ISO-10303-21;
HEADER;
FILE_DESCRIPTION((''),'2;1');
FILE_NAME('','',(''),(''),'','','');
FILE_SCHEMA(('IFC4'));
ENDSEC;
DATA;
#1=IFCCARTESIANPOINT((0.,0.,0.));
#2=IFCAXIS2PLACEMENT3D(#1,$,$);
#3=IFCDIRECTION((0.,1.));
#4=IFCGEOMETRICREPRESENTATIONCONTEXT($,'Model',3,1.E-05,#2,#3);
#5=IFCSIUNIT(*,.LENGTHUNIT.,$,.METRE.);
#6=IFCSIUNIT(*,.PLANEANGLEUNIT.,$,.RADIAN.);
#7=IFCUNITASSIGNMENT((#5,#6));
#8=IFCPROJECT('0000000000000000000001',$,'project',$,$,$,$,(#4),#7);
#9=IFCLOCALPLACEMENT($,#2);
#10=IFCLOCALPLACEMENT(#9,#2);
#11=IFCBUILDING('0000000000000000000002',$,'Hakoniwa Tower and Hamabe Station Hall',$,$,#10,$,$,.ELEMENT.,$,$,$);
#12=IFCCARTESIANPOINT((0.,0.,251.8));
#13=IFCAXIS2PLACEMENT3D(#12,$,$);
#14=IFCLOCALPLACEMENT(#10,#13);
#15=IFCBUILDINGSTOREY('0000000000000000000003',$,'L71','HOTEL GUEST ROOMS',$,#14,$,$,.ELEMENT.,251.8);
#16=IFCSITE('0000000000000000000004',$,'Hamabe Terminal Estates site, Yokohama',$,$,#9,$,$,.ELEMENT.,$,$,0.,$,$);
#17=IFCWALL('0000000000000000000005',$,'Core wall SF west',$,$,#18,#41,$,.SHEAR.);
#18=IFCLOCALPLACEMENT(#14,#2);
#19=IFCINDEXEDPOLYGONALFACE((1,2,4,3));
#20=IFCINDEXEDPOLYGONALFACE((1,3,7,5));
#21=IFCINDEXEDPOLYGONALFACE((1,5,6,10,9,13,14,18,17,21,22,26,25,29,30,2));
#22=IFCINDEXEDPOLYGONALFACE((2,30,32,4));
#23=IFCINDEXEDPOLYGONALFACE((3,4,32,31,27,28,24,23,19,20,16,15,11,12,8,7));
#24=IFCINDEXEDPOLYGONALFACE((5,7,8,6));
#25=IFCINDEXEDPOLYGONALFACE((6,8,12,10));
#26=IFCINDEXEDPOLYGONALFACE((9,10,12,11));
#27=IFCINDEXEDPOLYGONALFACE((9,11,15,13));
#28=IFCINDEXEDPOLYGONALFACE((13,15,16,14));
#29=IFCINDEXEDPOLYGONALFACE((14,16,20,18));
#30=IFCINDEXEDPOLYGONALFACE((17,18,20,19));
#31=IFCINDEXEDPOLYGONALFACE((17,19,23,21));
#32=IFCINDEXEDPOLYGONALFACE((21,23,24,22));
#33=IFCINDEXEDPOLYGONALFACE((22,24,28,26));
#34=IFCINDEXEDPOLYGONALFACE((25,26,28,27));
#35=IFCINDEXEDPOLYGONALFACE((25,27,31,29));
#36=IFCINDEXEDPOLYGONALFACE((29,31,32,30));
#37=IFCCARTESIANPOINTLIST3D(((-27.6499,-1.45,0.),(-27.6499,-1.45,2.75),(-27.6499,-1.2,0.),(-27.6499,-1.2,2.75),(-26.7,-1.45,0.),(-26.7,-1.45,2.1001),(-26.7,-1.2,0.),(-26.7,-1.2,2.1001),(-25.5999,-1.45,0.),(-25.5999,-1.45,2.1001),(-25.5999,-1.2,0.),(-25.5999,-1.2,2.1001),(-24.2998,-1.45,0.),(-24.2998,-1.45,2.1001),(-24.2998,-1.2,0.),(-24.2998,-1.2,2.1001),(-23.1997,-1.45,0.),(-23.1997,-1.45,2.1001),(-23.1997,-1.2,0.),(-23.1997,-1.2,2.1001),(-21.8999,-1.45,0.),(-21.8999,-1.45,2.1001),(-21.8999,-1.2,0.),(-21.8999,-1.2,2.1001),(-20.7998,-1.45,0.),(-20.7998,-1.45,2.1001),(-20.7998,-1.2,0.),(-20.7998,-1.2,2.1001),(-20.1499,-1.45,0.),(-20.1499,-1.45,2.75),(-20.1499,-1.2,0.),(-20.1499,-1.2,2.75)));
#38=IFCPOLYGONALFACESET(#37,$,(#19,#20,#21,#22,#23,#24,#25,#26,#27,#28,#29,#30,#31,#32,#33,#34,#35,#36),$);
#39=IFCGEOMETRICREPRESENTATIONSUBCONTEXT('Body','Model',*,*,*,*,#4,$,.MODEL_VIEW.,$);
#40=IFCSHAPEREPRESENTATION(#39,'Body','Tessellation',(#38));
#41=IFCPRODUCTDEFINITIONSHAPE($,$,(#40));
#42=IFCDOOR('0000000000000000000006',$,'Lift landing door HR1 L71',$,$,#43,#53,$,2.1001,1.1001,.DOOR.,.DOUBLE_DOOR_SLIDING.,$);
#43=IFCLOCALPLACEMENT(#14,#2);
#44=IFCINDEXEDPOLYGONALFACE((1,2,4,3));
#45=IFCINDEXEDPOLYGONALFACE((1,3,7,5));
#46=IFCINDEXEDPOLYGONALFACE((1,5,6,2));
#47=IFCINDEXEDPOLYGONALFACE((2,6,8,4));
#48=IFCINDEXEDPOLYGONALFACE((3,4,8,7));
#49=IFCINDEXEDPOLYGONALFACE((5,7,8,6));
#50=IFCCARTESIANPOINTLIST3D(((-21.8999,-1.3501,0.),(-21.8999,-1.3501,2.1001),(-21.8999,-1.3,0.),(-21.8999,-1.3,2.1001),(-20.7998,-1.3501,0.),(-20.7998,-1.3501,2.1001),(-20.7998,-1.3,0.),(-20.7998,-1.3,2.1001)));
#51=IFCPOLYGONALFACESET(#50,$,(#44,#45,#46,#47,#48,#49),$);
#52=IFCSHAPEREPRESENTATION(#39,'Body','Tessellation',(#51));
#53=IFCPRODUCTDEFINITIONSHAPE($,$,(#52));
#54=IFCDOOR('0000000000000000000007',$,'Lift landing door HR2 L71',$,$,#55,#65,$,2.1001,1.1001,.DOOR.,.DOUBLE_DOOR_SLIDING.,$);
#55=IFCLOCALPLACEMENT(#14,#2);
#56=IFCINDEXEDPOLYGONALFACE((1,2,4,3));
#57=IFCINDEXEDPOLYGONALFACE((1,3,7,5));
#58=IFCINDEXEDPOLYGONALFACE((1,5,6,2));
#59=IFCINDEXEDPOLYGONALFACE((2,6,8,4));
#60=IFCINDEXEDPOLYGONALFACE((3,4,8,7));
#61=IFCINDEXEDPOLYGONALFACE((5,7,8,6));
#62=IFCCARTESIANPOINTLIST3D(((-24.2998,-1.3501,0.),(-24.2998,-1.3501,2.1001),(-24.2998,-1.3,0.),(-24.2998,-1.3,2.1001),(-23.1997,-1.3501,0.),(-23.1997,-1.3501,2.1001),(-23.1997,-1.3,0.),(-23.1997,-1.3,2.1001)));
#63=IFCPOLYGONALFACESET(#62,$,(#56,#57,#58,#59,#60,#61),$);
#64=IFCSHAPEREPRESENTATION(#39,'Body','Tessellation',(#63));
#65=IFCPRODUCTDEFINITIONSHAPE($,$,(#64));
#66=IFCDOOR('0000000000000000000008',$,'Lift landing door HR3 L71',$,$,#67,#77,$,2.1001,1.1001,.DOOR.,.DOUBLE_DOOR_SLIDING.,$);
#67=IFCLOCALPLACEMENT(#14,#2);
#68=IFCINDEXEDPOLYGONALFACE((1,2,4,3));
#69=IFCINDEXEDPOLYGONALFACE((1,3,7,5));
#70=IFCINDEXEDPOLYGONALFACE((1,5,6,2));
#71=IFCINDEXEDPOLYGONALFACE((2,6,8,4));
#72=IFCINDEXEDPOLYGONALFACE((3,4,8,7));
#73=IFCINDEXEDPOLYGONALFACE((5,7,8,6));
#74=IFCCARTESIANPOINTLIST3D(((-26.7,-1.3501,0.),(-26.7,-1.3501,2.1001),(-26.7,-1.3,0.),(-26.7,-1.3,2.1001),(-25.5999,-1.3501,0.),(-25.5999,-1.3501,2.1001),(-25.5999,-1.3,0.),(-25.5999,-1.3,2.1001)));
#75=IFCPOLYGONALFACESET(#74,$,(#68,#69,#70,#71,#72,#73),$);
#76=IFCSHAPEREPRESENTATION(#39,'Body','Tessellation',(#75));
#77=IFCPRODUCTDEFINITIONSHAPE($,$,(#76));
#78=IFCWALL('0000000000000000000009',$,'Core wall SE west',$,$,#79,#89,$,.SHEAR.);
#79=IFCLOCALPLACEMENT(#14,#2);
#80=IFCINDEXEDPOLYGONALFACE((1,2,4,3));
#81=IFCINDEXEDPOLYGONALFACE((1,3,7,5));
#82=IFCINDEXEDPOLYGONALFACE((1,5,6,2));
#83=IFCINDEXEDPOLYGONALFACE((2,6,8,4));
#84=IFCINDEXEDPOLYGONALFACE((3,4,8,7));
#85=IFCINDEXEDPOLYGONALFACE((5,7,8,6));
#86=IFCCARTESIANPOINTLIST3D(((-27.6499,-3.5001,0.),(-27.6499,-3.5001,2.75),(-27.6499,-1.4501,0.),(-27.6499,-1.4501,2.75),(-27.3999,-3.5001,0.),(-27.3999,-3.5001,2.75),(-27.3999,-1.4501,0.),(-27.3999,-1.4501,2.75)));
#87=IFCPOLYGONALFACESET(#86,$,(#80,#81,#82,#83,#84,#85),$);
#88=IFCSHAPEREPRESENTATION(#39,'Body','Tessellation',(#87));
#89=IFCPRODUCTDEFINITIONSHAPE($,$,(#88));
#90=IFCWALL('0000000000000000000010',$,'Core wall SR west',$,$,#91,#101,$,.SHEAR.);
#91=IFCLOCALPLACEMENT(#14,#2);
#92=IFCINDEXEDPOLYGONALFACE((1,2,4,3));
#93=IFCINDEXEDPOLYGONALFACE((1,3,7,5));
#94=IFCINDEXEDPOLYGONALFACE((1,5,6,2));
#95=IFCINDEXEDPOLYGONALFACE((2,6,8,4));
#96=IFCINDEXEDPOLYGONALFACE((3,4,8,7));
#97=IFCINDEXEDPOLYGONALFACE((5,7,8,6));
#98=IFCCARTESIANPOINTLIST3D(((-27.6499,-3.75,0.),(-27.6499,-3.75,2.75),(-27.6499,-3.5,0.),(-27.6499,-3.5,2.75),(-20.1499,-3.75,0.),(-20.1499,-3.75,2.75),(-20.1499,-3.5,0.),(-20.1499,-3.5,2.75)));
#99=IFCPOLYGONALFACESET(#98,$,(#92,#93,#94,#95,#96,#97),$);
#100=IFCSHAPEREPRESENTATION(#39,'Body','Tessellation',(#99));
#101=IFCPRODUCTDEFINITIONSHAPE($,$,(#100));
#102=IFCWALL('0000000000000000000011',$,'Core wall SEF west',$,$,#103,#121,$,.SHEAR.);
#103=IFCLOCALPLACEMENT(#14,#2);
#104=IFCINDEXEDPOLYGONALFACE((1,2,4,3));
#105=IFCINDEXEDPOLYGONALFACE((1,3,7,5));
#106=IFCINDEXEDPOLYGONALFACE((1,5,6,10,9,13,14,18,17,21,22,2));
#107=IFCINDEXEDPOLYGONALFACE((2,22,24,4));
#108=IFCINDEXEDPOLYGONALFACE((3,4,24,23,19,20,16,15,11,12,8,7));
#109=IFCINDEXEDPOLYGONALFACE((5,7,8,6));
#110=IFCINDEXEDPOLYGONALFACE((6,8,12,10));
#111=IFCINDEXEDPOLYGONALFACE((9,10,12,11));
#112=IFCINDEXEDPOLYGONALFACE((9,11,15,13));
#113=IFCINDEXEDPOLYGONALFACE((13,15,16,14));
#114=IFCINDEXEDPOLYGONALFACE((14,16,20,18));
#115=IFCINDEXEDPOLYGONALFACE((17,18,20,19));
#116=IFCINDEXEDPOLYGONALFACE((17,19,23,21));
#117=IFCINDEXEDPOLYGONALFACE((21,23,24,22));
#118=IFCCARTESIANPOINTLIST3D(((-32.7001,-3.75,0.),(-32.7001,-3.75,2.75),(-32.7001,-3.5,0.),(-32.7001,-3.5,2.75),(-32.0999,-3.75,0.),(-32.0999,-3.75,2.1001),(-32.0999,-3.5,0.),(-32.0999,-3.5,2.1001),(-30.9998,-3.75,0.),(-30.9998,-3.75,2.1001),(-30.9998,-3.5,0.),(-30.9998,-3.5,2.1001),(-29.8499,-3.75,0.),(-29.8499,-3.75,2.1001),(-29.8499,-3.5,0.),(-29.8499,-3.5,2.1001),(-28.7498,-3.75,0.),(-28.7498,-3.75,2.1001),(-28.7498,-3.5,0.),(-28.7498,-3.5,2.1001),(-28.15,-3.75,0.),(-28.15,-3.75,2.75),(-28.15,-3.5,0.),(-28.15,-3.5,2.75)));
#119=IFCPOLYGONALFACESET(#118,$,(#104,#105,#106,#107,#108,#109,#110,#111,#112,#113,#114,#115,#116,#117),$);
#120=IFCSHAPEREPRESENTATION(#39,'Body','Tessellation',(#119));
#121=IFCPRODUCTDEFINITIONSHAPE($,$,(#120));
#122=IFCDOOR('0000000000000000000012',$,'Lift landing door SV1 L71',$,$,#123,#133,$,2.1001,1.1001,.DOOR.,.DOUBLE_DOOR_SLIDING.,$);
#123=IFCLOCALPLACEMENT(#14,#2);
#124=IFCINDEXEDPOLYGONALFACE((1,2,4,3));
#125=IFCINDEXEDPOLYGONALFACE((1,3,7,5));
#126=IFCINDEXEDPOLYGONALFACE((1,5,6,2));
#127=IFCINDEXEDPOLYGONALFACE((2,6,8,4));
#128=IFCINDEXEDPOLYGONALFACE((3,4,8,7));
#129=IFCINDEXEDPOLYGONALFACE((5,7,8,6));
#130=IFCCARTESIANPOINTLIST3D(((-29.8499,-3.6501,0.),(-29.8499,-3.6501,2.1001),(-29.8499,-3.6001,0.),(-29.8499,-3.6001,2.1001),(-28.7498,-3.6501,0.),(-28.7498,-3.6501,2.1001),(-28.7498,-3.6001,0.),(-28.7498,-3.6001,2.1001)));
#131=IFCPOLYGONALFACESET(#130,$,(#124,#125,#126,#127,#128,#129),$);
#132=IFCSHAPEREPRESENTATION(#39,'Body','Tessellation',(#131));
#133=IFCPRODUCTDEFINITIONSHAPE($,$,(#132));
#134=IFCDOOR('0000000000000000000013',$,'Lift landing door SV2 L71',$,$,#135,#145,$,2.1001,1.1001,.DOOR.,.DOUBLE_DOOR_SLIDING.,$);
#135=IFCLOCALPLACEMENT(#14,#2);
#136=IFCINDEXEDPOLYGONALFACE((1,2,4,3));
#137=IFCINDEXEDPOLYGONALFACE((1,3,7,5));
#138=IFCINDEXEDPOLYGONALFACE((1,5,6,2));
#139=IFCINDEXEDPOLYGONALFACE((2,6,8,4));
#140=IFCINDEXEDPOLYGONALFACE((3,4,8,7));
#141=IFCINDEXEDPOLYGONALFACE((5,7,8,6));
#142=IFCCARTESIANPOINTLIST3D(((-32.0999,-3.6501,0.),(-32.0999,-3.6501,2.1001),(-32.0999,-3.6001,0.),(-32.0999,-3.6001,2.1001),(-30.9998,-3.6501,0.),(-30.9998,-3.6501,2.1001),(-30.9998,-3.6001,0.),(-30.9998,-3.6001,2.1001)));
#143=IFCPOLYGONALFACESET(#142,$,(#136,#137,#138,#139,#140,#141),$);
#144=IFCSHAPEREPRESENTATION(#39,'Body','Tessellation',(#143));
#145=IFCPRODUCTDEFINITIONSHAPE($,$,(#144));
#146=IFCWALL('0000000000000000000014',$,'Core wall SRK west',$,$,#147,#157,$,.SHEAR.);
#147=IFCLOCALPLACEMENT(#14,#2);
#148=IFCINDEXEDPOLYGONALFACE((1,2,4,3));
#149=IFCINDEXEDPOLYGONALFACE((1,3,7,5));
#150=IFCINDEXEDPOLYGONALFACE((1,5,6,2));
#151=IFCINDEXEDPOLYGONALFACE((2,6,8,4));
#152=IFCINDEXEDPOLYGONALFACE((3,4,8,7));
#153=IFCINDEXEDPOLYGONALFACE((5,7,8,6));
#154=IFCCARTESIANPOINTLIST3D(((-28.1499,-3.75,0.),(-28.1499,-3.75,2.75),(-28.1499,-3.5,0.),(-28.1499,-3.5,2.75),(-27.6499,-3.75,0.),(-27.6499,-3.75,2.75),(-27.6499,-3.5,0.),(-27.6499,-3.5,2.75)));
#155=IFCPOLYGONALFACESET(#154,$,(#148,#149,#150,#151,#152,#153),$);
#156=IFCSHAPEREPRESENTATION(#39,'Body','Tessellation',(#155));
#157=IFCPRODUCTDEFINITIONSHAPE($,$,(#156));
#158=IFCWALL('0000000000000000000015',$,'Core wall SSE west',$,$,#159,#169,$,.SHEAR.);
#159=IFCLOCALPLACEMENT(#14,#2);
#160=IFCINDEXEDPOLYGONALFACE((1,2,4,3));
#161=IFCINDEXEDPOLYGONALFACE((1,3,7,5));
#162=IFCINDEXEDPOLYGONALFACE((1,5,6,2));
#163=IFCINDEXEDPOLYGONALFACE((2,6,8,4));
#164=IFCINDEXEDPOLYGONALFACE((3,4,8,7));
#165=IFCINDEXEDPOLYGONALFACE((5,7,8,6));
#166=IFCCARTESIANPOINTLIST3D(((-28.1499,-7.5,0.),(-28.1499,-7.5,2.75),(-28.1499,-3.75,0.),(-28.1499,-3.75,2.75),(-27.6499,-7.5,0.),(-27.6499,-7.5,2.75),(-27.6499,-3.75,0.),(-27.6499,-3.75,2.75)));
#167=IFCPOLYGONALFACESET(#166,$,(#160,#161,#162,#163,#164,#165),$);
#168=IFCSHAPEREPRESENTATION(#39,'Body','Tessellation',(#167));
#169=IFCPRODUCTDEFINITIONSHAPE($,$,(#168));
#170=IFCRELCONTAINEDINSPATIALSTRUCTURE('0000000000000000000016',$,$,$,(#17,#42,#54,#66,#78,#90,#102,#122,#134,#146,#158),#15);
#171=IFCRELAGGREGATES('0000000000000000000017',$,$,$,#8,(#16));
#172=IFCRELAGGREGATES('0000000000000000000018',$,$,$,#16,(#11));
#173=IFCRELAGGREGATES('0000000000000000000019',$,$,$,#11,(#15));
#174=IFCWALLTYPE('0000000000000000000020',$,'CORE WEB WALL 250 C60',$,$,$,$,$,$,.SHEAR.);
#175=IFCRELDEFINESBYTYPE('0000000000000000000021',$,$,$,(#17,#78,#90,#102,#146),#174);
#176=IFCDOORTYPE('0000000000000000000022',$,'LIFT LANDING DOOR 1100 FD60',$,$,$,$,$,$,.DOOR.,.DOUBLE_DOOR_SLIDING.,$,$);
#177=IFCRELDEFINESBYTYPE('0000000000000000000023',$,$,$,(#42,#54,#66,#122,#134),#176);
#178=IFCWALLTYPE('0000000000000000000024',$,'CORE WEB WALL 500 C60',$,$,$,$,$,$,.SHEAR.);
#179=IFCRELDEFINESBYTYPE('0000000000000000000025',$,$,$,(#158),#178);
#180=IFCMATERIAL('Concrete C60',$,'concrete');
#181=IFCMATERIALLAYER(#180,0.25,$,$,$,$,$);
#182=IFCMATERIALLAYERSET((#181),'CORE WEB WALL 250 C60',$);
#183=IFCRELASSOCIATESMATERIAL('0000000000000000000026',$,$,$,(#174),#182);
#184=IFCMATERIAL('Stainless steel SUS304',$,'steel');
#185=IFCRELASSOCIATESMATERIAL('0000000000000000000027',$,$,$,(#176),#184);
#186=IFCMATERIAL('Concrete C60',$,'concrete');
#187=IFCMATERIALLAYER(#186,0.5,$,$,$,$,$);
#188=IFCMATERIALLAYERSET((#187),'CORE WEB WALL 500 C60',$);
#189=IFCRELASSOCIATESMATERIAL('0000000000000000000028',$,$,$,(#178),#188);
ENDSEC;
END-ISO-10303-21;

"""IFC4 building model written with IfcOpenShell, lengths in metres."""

from ifc_helpers import new_model, si_unit, direction, frame, frame_2d, origin, place, context, subcontext, project, spatial, rectangle, extrude, material, layer, layer_set, type_object, element, fill, save


model = new_model("IFC4")

# Units and contexts
model_context = context("Model", 3, precision=1e-05, world=origin(), true_north=direction((0.0, 1.0)))
body_context = subcontext(model_context, "Body", "Model", "MODEL_VIEW")
ifc_project = project(units=[si_unit("LENGTHUNIT", "METRE"), si_unit("PLANEANGLEUNIT", "RADIAN")], contexts=[model_context])

# Site, building, storey
site_placement = place(None, origin())
site = spatial("IfcSite", under=ifc_project, at=site_placement, Name="Hamabe Terminal Estates site, Yokohama", CompositionType="ELEMENT", RefElevation=0.0)
building_placement = place(site_placement, origin())
building = spatial("IfcBuilding", under=site, at=building_placement, Name="Hakoniwa Tower and Hamabe Station Hall", CompositionType="ELEMENT")
storey_placement = place(building_placement, frame((0.0, 0.0, 251.8)))
storey = spatial("IfcBuildingStorey", under=building, at=storey_placement, Name="L71", Description="HOTEL GUEST ROOMS", CompositionType="ELEMENT", Elevation=251.8)

# Wall, openings, doors
ifc_material_1 = material(Name="Concrete C60", Category="concrete")
ifc_layer_1 = layer(ifc_material_1, 0.25)
ifc_layer_set_1 = layer_set([ifc_layer_1], Name="CORE WEB WALL 250 C60")
wall_type_1 = type_object("IfcWallType", Name="CORE WEB WALL 250 C60", PredefinedType="SHEAR", material=ifc_layer_set_1)
wall_1_placement = place(storey_placement, frame((-27.6499, -1.325, 0.0), z_axis=(0.0, 0.0, 1.0), x_axis=(1.0, 0.0, 0.0)))
wall_1 = element("IfcWall", 1, at=wall_1_placement, inside=storey, type_object=wall_type_1, Name="Core wall SF west", PredefinedType="SHEAR", context=body_context, shape_type="SweptSolid", body=[
    extrude(rectangle(XDim=7.5, YDim=0.25, at=frame_2d((3.75, 0.0))), origin(), (0.0, 0.0, 1.0), 2.75),
])
opening_1_placement = place(wall_1_placement, frame((5.75, 0.0, 0.0)))
opening_1 = element("IfcOpeningElement", 2, at=opening_1_placement, cuts=wall_1, PredefinedType="OPENING", context=body_context, shape_type="SweptSolid", body=[
    extrude(rectangle(XDim=1.1001, YDim=2.1001, at=frame_2d((0.55, 1.05))), frame((0.0, 0.135, 0.0), z_axis=(0.0, -1.0, 0.0), x_axis=(1.0, 0.0, 0.0)), (0.0, 0.0, 1.0), 0.27),
])
opening_2_placement = place(wall_1_placement, frame((3.3501, 0.0, 0.0)))
opening_2 = element("IfcOpeningElement", 3, at=opening_2_placement, cuts=wall_1, PredefinedType="OPENING", context=body_context, shape_type="SweptSolid", body=[
    extrude(rectangle(XDim=1.1001, YDim=2.1001, at=frame_2d((0.55, 1.05))), frame((0.0, 0.135, 0.0), z_axis=(0.0, -1.0, 0.0), x_axis=(1.0, 0.0, 0.0)), (0.0, 0.0, 1.0), 0.27),
])
opening_3_placement = place(wall_1_placement, frame((0.95, 0.0, 0.0)))
opening_3 = element("IfcOpeningElement", 4, at=opening_3_placement, cuts=wall_1, PredefinedType="OPENING", context=body_context, shape_type="SweptSolid", body=[
    extrude(rectangle(XDim=1.1001, YDim=2.1001, at=frame_2d((0.55, 1.05))), frame((0.0, 0.135, 0.0), z_axis=(0.0, -1.0, 0.0), x_axis=(1.0, 0.0, 0.0)), (0.0, 0.0, 1.0), 0.27),
])
ifc_material_2 = material(Name="Stainless steel SUS304", Category="steel")
door_type = type_object("IfcDoorType", Name="LIFT LANDING DOOR 1100 FD60", OperationType="DOUBLE_DOOR_SLIDING", PredefinedType="DOOR", material=ifc_material_2)
door_1_placement = place(opening_1_placement, origin())
door_1 = element("IfcDoor", 5, at=door_1_placement, inside=storey, type_object=door_type, Name="Lift landing door HR1 L71", OperationType="DOUBLE_DOOR_SLIDING", OverallHeight=2.1001, OverallWidth=1.1001, PredefinedType="DOOR", context=body_context, shape_type="SweptSolid", body=[
    extrude(rectangle(XDim=1.1001, YDim=2.1001, at=frame_2d((0.55, 1.05))), frame((0.0, 0.0249, 0.0), z_axis=(0.0, -1.0, 0.0), x_axis=(1.0, 0.0, 0.0)), (0.0, 0.0, 1.0), 0.05),
])
fill(opening_1, door_1)
door_2_placement = place(opening_2_placement, origin())
door_2 = element("IfcDoor", 6, at=door_2_placement, inside=storey, type_object=door_type, Name="Lift landing door HR2 L71", OperationType="DOUBLE_DOOR_SLIDING", OverallHeight=2.1001, OverallWidth=1.1001, PredefinedType="DOOR", context=body_context, shape_type="SweptSolid", body=[
    extrude(rectangle(XDim=1.1001, YDim=2.1001, at=frame_2d((0.55, 1.05))), frame((0.0, 0.0249, 0.0), z_axis=(0.0, -1.0, 0.0), x_axis=(1.0, 0.0, 0.0)), (0.0, 0.0, 1.0), 0.05),
])
fill(opening_2, door_2)
door_3_placement = place(opening_3_placement, origin())
door_3 = element("IfcDoor", 7, at=door_3_placement, inside=storey, type_object=door_type, Name="Lift landing door HR3 L71", OperationType="DOUBLE_DOOR_SLIDING", OverallHeight=2.1001, OverallWidth=1.1001, PredefinedType="DOOR", context=body_context, shape_type="SweptSolid", body=[
    extrude(rectangle(XDim=1.1001, YDim=2.1001, at=frame_2d((0.55, 1.05))), frame((0.0, 0.0249, 0.0), z_axis=(0.0, -1.0, 0.0), x_axis=(1.0, 0.0, 0.0)), (0.0, 0.0, 1.0), 0.05),
])
fill(opening_3, door_3)

# Walls
wall_2_placement = place(storey_placement, frame((-27.5249, -3.5, 0.0), z_axis=(0.0, 0.0, 1.0), x_axis=(0.0, 1.0, 0.0)))
element("IfcWall", 8, at=wall_2_placement, inside=storey, type_object=wall_type_1, Name="Core wall SE west", PredefinedType="SHEAR", context=body_context, shape_type="SweptSolid", body=[
    extrude(rectangle(XDim=2.05, YDim=0.25, at=frame_2d((1.0249, 0.0))), origin(), (0.0, 0.0, 1.0), 2.75),
])
wall_3_placement = place(storey_placement, frame((-27.6499, -3.625, 0.0), z_axis=(0.0, 0.0, 1.0), x_axis=(1.0, 0.0, 0.0)))
element("IfcWall", 9, at=wall_3_placement, inside=storey, type_object=wall_type_1, Name="Core wall SR west", PredefinedType="SHEAR", context=body_context, shape_type="SweptSolid", body=[
    extrude(rectangle(XDim=7.5, YDim=0.25, at=frame_2d((3.75, 0.0))), origin(), (0.0, 0.0, 1.0), 2.75),
])

# Wall, openings, doors
wall_4_placement = place(storey_placement, frame((-32.7, -3.625, 0.0), z_axis=(0.0, 0.0, 1.0), x_axis=(1.0, 0.0, 0.0)))
wall_4 = element("IfcWall", 10, at=wall_4_placement, inside=storey, type_object=wall_type_1, Name="Core wall SEF west", PredefinedType="SHEAR", context=body_context, shape_type="SweptSolid", body=[
    extrude(rectangle(XDim=4.55, YDim=0.25, at=frame_2d((2.2749, 0.0))), origin(), (0.0, 0.0, 1.0), 2.75),
])
opening_4_placement = place(wall_4_placement, frame((2.8501, 0.0, 0.0)))
opening_4 = element("IfcOpeningElement", 11, at=opening_4_placement, cuts=wall_4, PredefinedType="OPENING", context=body_context, shape_type="SweptSolid", body=[
    extrude(rectangle(XDim=1.1001, YDim=2.1001, at=frame_2d((0.55, 1.05))), frame((0.0, 0.135, 0.0), z_axis=(0.0, -1.0, 0.0), x_axis=(1.0, 0.0, 0.0)), (0.0, 0.0, 1.0), 0.27),
])
opening_5_placement = place(wall_4_placement, frame((0.6001, 0.0, 0.0)))
opening_5 = element("IfcOpeningElement", 12, at=opening_5_placement, cuts=wall_4, PredefinedType="OPENING", context=body_context, shape_type="SweptSolid", body=[
    extrude(rectangle(XDim=1.1001, YDim=2.1001, at=frame_2d((0.55, 1.05))), frame((0.0, 0.135, 0.0), z_axis=(0.0, -1.0, 0.0), x_axis=(1.0, 0.0, 0.0)), (0.0, 0.0, 1.0), 0.27),
])
door_4_placement = place(opening_4_placement, origin())
door_4 = element("IfcDoor", 13, at=door_4_placement, inside=storey, type_object=door_type, Name="Lift landing door SV1 L71", OperationType="DOUBLE_DOOR_SLIDING", OverallHeight=2.1001, OverallWidth=1.1001, PredefinedType="DOOR", context=body_context, shape_type="SweptSolid", body=[
    extrude(rectangle(XDim=1.1001, YDim=2.1001, at=frame_2d((0.55, 1.05))), frame((0.0, 0.0249, 0.0), z_axis=(0.0, -1.0, 0.0), x_axis=(1.0, 0.0, 0.0)), (0.0, 0.0, 1.0), 0.05),
])
fill(opening_4, door_4)
door_5_placement = place(opening_5_placement, origin())
door_5 = element("IfcDoor", 14, at=door_5_placement, inside=storey, type_object=door_type, Name="Lift landing door SV2 L71", OperationType="DOUBLE_DOOR_SLIDING", OverallHeight=2.1001, OverallWidth=1.1001, PredefinedType="DOOR", context=body_context, shape_type="SweptSolid", body=[
    extrude(rectangle(XDim=1.1001, YDim=2.1001, at=frame_2d((0.55, 1.05))), frame((0.0, 0.0249, 0.0), z_axis=(0.0, -1.0, 0.0), x_axis=(1.0, 0.0, 0.0)), (0.0, 0.0, 1.0), 0.05),
])
fill(opening_5, door_5)

# Walls
wall_5_placement = place(storey_placement, frame((-28.1499, -3.625, 0.0), z_axis=(0.0, 0.0, 1.0), x_axis=(1.0, 0.0, 0.0)))
element("IfcWall", 15, at=wall_5_placement, inside=storey, type_object=wall_type_1, Name="Core wall SRK west", PredefinedType="SHEAR", context=body_context, shape_type="SweptSolid", body=[
    extrude(rectangle(XDim=0.5, YDim=0.25, at=frame_2d((0.25, 0.0))), origin(), (0.0, 0.0, 1.0), 2.75),
])
ifc_material_3 = material(Name="Concrete C60", Category="concrete")
ifc_layer_2 = layer(ifc_material_3, 0.5)
ifc_layer_set_2 = layer_set([ifc_layer_2], Name="CORE WEB WALL 500 C60")
wall_type_2 = type_object("IfcWallType", Name="CORE WEB WALL 500 C60", PredefinedType="SHEAR", material=ifc_layer_set_2)
wall_6_placement = place(storey_placement, frame((-27.8999, -7.5, 0.0), z_axis=(0.0, 0.0, 1.0), x_axis=(0.0, 1.0, 0.0)))
element("IfcWall", 16, at=wall_6_placement, inside=storey, type_object=wall_type_2, Name="Core wall SSE west", PredefinedType="SHEAR", context=body_context, shape_type="SweptSolid", body=[
    extrude(rectangle(XDim=3.75, YDim=0.5, at=frame_2d((1.875, 0.0))), origin(), (0.0, 0.0, 1.0), 2.75),
])

save(model, "model.ifc")
